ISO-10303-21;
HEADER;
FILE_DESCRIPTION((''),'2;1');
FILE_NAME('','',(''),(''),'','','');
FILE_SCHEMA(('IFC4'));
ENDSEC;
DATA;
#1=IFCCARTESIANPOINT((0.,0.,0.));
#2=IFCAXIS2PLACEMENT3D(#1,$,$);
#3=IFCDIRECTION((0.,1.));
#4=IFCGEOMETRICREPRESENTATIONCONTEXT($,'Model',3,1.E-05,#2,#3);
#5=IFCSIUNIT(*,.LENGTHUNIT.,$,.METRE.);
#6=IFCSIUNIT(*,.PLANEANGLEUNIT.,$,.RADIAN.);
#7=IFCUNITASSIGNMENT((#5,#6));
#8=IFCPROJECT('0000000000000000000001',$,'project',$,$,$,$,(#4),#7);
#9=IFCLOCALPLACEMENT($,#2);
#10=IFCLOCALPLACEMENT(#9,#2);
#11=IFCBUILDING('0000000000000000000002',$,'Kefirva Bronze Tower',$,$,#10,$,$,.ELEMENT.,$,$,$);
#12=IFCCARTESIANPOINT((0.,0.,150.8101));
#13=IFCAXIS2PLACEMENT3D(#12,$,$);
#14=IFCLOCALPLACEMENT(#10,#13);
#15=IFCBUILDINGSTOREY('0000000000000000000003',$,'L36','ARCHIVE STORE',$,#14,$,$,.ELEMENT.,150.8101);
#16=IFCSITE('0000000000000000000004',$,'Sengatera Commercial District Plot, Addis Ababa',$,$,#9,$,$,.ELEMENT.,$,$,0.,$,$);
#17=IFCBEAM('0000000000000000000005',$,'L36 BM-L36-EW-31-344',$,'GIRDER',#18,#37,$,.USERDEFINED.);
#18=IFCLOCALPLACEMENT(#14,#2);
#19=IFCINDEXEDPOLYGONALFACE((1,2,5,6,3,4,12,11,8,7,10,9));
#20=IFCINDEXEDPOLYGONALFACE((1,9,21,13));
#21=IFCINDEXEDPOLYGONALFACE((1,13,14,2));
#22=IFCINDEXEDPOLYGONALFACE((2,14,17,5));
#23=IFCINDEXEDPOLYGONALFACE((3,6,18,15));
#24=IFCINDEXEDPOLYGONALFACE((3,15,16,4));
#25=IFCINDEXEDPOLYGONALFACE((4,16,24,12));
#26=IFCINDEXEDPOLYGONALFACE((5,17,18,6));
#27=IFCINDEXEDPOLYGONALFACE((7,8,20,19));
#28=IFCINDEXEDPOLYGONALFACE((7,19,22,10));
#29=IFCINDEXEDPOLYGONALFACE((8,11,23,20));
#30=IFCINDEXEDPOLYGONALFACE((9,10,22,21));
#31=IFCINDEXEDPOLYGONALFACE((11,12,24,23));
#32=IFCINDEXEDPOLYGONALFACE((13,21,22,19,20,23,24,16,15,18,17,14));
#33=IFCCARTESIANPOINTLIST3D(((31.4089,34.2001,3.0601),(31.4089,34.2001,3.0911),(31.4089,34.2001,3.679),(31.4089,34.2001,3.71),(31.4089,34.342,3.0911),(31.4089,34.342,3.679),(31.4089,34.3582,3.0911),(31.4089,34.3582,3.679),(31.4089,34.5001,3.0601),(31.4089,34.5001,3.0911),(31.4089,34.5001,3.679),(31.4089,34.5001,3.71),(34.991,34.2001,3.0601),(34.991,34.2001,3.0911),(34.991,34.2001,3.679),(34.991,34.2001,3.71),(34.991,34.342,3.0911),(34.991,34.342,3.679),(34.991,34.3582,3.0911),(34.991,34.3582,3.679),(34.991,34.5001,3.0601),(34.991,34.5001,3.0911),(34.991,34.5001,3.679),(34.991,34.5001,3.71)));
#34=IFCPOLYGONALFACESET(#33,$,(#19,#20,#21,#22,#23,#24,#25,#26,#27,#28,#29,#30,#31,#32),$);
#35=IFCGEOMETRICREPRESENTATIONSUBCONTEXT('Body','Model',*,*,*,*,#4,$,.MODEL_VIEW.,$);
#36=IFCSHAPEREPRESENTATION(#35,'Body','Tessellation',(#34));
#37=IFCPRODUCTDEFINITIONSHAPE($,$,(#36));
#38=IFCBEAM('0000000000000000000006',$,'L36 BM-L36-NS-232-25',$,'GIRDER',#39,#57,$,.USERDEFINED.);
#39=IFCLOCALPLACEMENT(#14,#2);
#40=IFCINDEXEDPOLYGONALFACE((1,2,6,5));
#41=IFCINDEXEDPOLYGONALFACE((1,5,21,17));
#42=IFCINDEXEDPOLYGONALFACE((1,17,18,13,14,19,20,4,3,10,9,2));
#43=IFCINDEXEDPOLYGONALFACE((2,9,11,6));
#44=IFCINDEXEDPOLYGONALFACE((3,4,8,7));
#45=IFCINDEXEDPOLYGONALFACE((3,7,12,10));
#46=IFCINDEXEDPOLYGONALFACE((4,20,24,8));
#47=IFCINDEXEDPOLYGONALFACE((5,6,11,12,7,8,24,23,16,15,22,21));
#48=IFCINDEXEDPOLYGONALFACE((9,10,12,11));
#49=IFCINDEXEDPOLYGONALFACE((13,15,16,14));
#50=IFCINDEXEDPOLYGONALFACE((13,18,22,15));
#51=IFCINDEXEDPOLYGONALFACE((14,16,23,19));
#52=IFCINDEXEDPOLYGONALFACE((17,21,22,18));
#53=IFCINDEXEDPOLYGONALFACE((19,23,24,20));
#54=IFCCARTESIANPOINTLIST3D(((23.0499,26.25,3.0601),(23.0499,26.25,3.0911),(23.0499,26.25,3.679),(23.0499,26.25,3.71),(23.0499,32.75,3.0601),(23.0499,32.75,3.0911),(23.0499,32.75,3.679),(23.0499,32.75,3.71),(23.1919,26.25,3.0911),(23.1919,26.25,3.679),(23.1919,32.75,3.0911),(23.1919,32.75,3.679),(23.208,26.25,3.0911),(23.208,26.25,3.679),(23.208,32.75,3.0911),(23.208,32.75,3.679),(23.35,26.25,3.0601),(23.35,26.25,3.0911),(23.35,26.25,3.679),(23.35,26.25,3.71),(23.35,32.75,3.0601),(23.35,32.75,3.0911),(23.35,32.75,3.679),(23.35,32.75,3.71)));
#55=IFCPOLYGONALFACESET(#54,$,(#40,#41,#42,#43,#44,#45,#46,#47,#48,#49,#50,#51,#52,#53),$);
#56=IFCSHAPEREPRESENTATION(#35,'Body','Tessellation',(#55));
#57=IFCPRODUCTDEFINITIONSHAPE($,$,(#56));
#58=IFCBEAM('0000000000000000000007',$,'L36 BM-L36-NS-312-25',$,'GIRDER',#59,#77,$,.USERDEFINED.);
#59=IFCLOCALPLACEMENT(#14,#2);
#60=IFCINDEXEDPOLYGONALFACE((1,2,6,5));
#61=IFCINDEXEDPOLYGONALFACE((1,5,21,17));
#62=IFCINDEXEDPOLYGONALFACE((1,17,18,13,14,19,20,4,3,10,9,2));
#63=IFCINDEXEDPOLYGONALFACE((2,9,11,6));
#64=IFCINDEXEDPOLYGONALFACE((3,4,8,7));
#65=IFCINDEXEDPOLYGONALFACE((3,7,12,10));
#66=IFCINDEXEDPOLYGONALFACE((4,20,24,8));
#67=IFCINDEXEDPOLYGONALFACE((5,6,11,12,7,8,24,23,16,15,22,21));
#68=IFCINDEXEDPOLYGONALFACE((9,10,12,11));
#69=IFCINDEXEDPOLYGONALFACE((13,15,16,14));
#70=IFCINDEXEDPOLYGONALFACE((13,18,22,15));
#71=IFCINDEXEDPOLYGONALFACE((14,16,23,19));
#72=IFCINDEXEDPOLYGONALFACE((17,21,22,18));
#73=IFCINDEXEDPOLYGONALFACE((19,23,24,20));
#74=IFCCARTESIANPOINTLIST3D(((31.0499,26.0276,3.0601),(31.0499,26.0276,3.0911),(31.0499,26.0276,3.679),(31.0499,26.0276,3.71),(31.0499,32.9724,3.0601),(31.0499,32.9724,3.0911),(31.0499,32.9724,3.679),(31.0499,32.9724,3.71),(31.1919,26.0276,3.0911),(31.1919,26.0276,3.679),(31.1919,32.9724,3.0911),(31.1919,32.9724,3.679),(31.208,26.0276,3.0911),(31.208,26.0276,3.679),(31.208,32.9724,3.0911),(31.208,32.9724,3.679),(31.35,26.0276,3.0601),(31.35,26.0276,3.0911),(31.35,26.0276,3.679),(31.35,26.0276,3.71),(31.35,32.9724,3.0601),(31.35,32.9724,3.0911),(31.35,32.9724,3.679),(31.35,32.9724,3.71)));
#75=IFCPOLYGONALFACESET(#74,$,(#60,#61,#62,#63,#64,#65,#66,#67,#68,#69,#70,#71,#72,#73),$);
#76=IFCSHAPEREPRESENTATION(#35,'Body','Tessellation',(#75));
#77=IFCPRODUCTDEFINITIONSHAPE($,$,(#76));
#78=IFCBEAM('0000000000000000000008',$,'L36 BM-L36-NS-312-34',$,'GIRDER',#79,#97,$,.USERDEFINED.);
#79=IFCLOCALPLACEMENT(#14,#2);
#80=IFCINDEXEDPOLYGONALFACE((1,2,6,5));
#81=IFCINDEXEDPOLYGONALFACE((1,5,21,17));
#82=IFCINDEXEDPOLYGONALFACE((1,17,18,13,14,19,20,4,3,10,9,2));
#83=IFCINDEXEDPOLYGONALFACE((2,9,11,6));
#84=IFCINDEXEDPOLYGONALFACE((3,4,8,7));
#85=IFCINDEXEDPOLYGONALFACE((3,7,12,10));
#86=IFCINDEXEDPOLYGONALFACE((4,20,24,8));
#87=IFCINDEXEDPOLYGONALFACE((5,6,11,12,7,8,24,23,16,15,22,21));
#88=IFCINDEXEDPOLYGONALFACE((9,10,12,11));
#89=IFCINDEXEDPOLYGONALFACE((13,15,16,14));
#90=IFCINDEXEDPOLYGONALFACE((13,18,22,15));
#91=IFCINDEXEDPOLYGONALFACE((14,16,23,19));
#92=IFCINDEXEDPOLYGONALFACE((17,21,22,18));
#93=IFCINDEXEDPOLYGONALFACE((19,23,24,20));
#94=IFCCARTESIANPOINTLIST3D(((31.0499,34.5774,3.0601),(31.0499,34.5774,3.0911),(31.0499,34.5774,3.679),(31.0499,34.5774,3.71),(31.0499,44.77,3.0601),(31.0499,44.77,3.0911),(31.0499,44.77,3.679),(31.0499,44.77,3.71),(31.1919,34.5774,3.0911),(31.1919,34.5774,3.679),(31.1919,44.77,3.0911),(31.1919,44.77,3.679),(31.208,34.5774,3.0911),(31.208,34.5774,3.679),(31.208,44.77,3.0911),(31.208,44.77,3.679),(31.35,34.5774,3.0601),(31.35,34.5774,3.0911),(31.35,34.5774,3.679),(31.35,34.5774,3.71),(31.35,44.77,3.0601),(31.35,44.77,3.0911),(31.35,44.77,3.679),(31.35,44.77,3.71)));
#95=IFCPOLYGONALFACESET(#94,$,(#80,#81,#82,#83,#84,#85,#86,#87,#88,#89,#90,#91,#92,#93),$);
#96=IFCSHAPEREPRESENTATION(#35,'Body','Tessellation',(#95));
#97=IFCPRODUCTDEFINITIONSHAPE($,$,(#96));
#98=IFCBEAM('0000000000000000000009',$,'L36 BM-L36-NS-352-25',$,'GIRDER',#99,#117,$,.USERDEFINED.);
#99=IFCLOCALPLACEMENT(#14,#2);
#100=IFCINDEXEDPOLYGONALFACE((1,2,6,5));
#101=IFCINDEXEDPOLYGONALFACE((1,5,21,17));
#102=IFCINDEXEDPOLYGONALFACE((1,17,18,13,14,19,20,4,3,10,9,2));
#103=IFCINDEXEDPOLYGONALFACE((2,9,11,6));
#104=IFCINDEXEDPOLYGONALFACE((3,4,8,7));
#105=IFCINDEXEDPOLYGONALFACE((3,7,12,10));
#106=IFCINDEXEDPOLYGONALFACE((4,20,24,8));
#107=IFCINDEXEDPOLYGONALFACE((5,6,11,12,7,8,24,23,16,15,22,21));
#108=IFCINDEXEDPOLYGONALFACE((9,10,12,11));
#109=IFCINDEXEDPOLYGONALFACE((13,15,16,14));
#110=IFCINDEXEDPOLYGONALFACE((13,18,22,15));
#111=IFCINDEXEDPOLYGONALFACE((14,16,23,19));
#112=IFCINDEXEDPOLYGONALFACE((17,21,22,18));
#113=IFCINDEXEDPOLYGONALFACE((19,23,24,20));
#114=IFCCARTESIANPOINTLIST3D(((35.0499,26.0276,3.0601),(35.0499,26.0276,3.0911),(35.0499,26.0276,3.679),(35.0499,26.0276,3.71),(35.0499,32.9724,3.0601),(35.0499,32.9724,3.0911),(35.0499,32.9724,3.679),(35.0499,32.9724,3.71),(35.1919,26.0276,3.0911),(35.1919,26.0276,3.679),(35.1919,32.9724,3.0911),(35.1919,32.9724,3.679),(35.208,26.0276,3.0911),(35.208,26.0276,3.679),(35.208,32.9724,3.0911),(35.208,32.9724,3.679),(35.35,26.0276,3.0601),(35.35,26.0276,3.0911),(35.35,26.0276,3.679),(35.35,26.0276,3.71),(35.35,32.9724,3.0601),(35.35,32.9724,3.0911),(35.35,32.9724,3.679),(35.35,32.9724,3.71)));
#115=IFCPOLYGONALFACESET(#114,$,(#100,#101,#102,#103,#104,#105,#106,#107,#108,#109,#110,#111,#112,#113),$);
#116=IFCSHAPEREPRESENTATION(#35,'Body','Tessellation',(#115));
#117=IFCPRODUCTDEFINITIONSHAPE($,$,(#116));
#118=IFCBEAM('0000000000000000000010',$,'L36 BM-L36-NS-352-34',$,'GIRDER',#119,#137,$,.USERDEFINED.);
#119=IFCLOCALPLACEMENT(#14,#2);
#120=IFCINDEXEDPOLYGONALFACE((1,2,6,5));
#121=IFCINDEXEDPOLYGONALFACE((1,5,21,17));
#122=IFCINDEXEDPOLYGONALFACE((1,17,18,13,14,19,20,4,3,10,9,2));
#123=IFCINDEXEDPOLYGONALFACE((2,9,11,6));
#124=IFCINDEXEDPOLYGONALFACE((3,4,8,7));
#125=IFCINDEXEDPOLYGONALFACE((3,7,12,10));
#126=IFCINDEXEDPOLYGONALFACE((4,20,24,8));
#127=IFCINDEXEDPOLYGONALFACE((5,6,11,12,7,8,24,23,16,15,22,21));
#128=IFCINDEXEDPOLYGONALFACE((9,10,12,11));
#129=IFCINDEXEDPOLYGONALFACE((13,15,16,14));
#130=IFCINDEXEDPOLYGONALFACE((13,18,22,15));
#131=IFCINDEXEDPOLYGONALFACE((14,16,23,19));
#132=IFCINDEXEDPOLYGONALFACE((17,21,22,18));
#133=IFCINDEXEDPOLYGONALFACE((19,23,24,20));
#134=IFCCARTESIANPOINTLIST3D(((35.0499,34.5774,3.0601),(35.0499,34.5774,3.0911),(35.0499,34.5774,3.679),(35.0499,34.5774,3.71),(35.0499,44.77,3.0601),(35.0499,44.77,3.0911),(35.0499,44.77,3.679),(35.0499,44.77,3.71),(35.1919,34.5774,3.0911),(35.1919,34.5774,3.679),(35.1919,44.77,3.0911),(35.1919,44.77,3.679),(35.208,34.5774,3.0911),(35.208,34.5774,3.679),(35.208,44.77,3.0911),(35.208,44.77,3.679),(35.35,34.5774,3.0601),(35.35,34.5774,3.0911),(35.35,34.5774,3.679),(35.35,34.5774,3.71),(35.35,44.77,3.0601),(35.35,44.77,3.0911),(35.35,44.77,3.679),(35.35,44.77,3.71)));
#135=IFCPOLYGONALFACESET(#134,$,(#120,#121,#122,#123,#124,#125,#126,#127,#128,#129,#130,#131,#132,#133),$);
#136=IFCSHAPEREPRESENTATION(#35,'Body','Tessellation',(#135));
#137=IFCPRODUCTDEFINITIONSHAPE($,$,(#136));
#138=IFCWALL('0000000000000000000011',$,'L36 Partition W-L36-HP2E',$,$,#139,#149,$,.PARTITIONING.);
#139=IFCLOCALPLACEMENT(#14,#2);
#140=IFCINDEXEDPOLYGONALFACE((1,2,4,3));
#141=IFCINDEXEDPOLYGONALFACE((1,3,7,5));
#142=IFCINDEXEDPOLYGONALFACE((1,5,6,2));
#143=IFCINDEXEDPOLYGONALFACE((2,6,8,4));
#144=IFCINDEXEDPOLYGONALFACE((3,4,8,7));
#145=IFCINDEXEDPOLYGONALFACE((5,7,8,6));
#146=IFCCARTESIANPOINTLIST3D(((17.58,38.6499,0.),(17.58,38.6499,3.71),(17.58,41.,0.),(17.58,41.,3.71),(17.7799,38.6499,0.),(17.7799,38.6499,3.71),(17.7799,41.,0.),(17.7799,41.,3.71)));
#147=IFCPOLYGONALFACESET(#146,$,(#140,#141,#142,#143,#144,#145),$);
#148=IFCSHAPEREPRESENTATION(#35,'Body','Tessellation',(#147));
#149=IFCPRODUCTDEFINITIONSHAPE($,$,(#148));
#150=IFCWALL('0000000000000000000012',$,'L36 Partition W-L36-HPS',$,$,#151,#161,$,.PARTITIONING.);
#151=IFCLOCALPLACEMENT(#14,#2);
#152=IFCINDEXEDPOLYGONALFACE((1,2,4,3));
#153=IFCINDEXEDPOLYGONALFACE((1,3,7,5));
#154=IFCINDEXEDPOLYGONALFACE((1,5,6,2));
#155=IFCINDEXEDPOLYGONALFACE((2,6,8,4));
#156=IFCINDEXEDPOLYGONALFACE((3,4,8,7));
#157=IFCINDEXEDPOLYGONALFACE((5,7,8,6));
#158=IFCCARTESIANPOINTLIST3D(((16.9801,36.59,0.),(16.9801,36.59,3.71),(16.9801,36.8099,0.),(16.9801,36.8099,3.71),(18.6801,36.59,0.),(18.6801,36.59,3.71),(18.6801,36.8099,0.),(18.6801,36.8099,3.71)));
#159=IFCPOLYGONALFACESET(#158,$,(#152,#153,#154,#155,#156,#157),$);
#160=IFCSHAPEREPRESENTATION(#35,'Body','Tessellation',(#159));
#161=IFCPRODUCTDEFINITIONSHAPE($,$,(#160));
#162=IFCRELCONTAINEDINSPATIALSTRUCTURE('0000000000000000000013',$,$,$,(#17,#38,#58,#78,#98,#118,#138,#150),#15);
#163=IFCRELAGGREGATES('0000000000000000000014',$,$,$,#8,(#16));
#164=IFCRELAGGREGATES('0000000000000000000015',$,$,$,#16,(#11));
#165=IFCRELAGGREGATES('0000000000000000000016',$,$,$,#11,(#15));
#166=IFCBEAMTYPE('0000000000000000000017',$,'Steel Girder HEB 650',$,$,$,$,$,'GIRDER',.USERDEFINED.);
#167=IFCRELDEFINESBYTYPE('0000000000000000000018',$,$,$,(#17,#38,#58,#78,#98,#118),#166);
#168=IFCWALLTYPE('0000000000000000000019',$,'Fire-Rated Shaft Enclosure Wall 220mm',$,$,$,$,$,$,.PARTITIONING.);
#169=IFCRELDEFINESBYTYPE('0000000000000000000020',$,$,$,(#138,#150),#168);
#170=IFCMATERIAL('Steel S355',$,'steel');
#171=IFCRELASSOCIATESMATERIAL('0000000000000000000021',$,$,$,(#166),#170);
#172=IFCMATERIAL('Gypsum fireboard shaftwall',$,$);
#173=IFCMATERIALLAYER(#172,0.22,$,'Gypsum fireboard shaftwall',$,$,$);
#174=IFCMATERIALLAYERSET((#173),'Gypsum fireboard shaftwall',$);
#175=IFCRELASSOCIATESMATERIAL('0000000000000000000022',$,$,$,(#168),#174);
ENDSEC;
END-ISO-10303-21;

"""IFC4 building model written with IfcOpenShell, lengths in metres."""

from ifc_helpers import new_model, si_unit, direction, frame, frame_2d, origin, origin_2d, place, context, subcontext, project, spatial, rectangle, i_section, extrude, material, layer, layer_set, material_profile, profile_set, type_object, element, save


model = new_model("IFC4")

# Units and contexts
model_context = context("Model", 3, precision=1e-05, world=origin(), true_north=direction((0.0, 1.0)))
body_context = subcontext(model_context, "Body", "Model", "MODEL_VIEW")
ifc_project = project(units=[si_unit("LENGTHUNIT", "METRE"), si_unit("PLANEANGLEUNIT", "RADIAN")], contexts=[model_context])

# Site, building, storey
site_placement = place(None, origin())
site = spatial("IfcSite", under=ifc_project, at=site_placement, Name="Sengatera Commercial District Plot, Addis Ababa", CompositionType="ELEMENT", RefElevation=0.0)
building_placement = place(site_placement, origin())
building = spatial("IfcBuilding", under=site, at=building_placement, Name="Kefirva Bronze Tower", CompositionType="ELEMENT")
storey_placement = place(building_placement, frame((0.0, 0.0, 150.8101)))
storey = spatial("IfcBuildingStorey", under=building, at=storey_placement, Name="L36", Description="ARCHIVE STORE", CompositionType="ELEMENT", Elevation=150.8101)

# Beams
ifc_material_1 = material(Name="Steel S355", Category="steel")
ifc_material_profile_1 = material_profile(ifc_material_1, i_section(OverallWidth=0.3, OverallDepth=0.6499, WebThickness=0.0161, FlangeThickness=0.031, at=origin_2d()), Name="HEB 650")
ifc_profile_set_1 = profile_set([ifc_material_profile_1], Name="Steel S355")
beam_type_1 = type_object("IfcBeamType", Name="Steel Girder HEB 650", ElementType="GIRDER", PredefinedType="USERDEFINED", material=ifc_profile_set_1)
for number, where, z_axis, x_axis, name in (
    (1, (31.4089, 34.3501, 3.385), (1.0, 0.0, 0.0), (0.0, 1.0, 0.0), "L36 BM-L36-EW-31-344"),
):
    element("IfcBeam", number, at=place(storey_placement, frame(where, z_axis=z_axis, x_axis=x_axis)), inside=storey, type_object=beam_type_1, Name=name, ObjectType="GIRDER", PredefinedType="USERDEFINED", context=body_context, shape_type="SweptSolid", body=[
        extrude(i_section(OverallWidth=0.3, OverallDepth=0.6499, WebThickness=0.0161, FlangeThickness=0.031, at=origin_2d()), origin(), (0.0, 0.0, 1.0), 3.582),
    ])
beam_1_placement = place(storey_placement, frame((23.2, 26.25, 3.385), z_axis=(0.0, 1.0, 0.0), x_axis=(-1.0, 0.0, 0.0)))
element("IfcBeam", 2, at=beam_1_placement, inside=storey, type_object=beam_type_1, Name="L36 BM-L36-NS-232-25", ObjectType="GIRDER", PredefinedType="USERDEFINED", context=body_context, shape_type="SweptSolid", body=[
    extrude(i_section(OverallWidth=0.3, OverallDepth=0.6499, WebThickness=0.0161, FlangeThickness=0.031, at=origin_2d()), origin(), (0.0, 0.0, 1.0), 6.5),
])
beam_2_placement = place(storey_placement, frame((31.2, 26.0276, 3.385), z_axis=(0.0, 1.0, 0.0), x_axis=(-1.0, 0.0, 0.0)))
element("IfcBeam", 3, at=beam_2_placement, inside=storey, type_object=beam_type_1, Name="L36 BM-L36-NS-312-25", ObjectType="GIRDER", PredefinedType="USERDEFINED", context=body_context, shape_type="SweptSolid", body=[
    extrude(i_section(OverallWidth=0.3, OverallDepth=0.6499, WebThickness=0.0161, FlangeThickness=0.031, at=origin_2d()), origin(), (0.0, 0.0, 1.0), 6.9448),
])
beam_3_placement = place(storey_placement, frame((31.2, 34.5774, 3.385), z_axis=(0.0, 1.0, 0.0), x_axis=(-1.0, 0.0, 0.0)))
element("IfcBeam", 4, at=beam_3_placement, inside=storey, type_object=beam_type_1, Name="L36 BM-L36-NS-312-34", ObjectType="GIRDER", PredefinedType="USERDEFINED", context=body_context, shape_type="SweptSolid", body=[
    extrude(i_section(OverallWidth=0.3, OverallDepth=0.6499, WebThickness=0.0161, FlangeThickness=0.031, at=origin_2d()), origin(), (0.0, 0.0, 1.0), 10.1926),
])
beam_4_placement = place(storey_placement, frame((35.2, 26.0276, 3.385), z_axis=(0.0, 1.0, 0.0), x_axis=(-1.0, 0.0, 0.0)))
element("IfcBeam", 5, at=beam_4_placement, inside=storey, type_object=beam_type_1, Name="L36 BM-L36-NS-352-25", ObjectType="GIRDER", PredefinedType="USERDEFINED", context=body_context, shape_type="SweptSolid", body=[
    extrude(i_section(OverallWidth=0.3, OverallDepth=0.6499, WebThickness=0.0161, FlangeThickness=0.031, at=origin_2d()), origin(), (0.0, 0.0, 1.0), 6.9448),
])
beam_5_placement = place(storey_placement, frame((35.2, 34.5774, 3.385), z_axis=(0.0, 1.0, 0.0), x_axis=(-1.0, 0.0, 0.0)))
element("IfcBeam", 6, at=beam_5_placement, inside=storey, type_object=beam_type_1, Name="L36 BM-L36-NS-352-34", ObjectType="GIRDER", PredefinedType="USERDEFINED", context=body_context, shape_type="SweptSolid", body=[
    extrude(i_section(OverallWidth=0.3, OverallDepth=0.6499, WebThickness=0.0161, FlangeThickness=0.031, at=origin_2d()), origin(), (0.0, 0.0, 1.0), 10.1926),
])

# Shared definitions
ifc_material_2 = material(Name="Gypsum fireboard shaftwall")
ifc_layer_1 = layer(ifc_material_2, 0.22, Name="Gypsum fireboard shaftwall")
ifc_layer_set_1 = layer_set([ifc_layer_1], Name="Gypsum fireboard shaftwall")
wall_type_1 = type_object("IfcWallType", Name="Fire-Rated Shaft Enclosure Wall 220mm", PredefinedType="PARTITIONING", material=ifc_layer_set_1)

# Walls
wall_1_placement = place(storey_placement, frame((17.6799, 38.6499, 0.0), z_axis=(0.0, 0.0, 1.0), x_axis=(0.0, 1.0, 0.0)))
element("IfcWall", 7, at=wall_1_placement, inside=storey, type_object=wall_type_1, Name="L36 Partition W-L36-HP2E", PredefinedType="PARTITIONING", context=body_context, shape_type="SweptSolid", body=[
    extrude(rectangle(XDim=2.3501, YDim=0.2, at=frame_2d((1.175, 0.0))), origin(), (0.0, 0.0, 1.0), 3.71),
])
wall_2_placement = place(storey_placement, frame((16.98, 36.7, 0.0), z_axis=(0.0, 0.0, 1.0), x_axis=(1.0, 0.0, 0.0)))
element("IfcWall", 8, at=wall_2_placement, inside=storey, type_object=wall_type_1, Name="L36 Partition W-L36-HPS", PredefinedType="PARTITIONING", context=body_context, shape_type="SweptSolid", body=[
    extrude(rectangle(XDim=1.7, YDim=0.22, at=frame_2d((0.8501, 0.0))), origin(), (0.0, 0.0, 1.0), 3.71),
])

save(model, "model.ifc")
